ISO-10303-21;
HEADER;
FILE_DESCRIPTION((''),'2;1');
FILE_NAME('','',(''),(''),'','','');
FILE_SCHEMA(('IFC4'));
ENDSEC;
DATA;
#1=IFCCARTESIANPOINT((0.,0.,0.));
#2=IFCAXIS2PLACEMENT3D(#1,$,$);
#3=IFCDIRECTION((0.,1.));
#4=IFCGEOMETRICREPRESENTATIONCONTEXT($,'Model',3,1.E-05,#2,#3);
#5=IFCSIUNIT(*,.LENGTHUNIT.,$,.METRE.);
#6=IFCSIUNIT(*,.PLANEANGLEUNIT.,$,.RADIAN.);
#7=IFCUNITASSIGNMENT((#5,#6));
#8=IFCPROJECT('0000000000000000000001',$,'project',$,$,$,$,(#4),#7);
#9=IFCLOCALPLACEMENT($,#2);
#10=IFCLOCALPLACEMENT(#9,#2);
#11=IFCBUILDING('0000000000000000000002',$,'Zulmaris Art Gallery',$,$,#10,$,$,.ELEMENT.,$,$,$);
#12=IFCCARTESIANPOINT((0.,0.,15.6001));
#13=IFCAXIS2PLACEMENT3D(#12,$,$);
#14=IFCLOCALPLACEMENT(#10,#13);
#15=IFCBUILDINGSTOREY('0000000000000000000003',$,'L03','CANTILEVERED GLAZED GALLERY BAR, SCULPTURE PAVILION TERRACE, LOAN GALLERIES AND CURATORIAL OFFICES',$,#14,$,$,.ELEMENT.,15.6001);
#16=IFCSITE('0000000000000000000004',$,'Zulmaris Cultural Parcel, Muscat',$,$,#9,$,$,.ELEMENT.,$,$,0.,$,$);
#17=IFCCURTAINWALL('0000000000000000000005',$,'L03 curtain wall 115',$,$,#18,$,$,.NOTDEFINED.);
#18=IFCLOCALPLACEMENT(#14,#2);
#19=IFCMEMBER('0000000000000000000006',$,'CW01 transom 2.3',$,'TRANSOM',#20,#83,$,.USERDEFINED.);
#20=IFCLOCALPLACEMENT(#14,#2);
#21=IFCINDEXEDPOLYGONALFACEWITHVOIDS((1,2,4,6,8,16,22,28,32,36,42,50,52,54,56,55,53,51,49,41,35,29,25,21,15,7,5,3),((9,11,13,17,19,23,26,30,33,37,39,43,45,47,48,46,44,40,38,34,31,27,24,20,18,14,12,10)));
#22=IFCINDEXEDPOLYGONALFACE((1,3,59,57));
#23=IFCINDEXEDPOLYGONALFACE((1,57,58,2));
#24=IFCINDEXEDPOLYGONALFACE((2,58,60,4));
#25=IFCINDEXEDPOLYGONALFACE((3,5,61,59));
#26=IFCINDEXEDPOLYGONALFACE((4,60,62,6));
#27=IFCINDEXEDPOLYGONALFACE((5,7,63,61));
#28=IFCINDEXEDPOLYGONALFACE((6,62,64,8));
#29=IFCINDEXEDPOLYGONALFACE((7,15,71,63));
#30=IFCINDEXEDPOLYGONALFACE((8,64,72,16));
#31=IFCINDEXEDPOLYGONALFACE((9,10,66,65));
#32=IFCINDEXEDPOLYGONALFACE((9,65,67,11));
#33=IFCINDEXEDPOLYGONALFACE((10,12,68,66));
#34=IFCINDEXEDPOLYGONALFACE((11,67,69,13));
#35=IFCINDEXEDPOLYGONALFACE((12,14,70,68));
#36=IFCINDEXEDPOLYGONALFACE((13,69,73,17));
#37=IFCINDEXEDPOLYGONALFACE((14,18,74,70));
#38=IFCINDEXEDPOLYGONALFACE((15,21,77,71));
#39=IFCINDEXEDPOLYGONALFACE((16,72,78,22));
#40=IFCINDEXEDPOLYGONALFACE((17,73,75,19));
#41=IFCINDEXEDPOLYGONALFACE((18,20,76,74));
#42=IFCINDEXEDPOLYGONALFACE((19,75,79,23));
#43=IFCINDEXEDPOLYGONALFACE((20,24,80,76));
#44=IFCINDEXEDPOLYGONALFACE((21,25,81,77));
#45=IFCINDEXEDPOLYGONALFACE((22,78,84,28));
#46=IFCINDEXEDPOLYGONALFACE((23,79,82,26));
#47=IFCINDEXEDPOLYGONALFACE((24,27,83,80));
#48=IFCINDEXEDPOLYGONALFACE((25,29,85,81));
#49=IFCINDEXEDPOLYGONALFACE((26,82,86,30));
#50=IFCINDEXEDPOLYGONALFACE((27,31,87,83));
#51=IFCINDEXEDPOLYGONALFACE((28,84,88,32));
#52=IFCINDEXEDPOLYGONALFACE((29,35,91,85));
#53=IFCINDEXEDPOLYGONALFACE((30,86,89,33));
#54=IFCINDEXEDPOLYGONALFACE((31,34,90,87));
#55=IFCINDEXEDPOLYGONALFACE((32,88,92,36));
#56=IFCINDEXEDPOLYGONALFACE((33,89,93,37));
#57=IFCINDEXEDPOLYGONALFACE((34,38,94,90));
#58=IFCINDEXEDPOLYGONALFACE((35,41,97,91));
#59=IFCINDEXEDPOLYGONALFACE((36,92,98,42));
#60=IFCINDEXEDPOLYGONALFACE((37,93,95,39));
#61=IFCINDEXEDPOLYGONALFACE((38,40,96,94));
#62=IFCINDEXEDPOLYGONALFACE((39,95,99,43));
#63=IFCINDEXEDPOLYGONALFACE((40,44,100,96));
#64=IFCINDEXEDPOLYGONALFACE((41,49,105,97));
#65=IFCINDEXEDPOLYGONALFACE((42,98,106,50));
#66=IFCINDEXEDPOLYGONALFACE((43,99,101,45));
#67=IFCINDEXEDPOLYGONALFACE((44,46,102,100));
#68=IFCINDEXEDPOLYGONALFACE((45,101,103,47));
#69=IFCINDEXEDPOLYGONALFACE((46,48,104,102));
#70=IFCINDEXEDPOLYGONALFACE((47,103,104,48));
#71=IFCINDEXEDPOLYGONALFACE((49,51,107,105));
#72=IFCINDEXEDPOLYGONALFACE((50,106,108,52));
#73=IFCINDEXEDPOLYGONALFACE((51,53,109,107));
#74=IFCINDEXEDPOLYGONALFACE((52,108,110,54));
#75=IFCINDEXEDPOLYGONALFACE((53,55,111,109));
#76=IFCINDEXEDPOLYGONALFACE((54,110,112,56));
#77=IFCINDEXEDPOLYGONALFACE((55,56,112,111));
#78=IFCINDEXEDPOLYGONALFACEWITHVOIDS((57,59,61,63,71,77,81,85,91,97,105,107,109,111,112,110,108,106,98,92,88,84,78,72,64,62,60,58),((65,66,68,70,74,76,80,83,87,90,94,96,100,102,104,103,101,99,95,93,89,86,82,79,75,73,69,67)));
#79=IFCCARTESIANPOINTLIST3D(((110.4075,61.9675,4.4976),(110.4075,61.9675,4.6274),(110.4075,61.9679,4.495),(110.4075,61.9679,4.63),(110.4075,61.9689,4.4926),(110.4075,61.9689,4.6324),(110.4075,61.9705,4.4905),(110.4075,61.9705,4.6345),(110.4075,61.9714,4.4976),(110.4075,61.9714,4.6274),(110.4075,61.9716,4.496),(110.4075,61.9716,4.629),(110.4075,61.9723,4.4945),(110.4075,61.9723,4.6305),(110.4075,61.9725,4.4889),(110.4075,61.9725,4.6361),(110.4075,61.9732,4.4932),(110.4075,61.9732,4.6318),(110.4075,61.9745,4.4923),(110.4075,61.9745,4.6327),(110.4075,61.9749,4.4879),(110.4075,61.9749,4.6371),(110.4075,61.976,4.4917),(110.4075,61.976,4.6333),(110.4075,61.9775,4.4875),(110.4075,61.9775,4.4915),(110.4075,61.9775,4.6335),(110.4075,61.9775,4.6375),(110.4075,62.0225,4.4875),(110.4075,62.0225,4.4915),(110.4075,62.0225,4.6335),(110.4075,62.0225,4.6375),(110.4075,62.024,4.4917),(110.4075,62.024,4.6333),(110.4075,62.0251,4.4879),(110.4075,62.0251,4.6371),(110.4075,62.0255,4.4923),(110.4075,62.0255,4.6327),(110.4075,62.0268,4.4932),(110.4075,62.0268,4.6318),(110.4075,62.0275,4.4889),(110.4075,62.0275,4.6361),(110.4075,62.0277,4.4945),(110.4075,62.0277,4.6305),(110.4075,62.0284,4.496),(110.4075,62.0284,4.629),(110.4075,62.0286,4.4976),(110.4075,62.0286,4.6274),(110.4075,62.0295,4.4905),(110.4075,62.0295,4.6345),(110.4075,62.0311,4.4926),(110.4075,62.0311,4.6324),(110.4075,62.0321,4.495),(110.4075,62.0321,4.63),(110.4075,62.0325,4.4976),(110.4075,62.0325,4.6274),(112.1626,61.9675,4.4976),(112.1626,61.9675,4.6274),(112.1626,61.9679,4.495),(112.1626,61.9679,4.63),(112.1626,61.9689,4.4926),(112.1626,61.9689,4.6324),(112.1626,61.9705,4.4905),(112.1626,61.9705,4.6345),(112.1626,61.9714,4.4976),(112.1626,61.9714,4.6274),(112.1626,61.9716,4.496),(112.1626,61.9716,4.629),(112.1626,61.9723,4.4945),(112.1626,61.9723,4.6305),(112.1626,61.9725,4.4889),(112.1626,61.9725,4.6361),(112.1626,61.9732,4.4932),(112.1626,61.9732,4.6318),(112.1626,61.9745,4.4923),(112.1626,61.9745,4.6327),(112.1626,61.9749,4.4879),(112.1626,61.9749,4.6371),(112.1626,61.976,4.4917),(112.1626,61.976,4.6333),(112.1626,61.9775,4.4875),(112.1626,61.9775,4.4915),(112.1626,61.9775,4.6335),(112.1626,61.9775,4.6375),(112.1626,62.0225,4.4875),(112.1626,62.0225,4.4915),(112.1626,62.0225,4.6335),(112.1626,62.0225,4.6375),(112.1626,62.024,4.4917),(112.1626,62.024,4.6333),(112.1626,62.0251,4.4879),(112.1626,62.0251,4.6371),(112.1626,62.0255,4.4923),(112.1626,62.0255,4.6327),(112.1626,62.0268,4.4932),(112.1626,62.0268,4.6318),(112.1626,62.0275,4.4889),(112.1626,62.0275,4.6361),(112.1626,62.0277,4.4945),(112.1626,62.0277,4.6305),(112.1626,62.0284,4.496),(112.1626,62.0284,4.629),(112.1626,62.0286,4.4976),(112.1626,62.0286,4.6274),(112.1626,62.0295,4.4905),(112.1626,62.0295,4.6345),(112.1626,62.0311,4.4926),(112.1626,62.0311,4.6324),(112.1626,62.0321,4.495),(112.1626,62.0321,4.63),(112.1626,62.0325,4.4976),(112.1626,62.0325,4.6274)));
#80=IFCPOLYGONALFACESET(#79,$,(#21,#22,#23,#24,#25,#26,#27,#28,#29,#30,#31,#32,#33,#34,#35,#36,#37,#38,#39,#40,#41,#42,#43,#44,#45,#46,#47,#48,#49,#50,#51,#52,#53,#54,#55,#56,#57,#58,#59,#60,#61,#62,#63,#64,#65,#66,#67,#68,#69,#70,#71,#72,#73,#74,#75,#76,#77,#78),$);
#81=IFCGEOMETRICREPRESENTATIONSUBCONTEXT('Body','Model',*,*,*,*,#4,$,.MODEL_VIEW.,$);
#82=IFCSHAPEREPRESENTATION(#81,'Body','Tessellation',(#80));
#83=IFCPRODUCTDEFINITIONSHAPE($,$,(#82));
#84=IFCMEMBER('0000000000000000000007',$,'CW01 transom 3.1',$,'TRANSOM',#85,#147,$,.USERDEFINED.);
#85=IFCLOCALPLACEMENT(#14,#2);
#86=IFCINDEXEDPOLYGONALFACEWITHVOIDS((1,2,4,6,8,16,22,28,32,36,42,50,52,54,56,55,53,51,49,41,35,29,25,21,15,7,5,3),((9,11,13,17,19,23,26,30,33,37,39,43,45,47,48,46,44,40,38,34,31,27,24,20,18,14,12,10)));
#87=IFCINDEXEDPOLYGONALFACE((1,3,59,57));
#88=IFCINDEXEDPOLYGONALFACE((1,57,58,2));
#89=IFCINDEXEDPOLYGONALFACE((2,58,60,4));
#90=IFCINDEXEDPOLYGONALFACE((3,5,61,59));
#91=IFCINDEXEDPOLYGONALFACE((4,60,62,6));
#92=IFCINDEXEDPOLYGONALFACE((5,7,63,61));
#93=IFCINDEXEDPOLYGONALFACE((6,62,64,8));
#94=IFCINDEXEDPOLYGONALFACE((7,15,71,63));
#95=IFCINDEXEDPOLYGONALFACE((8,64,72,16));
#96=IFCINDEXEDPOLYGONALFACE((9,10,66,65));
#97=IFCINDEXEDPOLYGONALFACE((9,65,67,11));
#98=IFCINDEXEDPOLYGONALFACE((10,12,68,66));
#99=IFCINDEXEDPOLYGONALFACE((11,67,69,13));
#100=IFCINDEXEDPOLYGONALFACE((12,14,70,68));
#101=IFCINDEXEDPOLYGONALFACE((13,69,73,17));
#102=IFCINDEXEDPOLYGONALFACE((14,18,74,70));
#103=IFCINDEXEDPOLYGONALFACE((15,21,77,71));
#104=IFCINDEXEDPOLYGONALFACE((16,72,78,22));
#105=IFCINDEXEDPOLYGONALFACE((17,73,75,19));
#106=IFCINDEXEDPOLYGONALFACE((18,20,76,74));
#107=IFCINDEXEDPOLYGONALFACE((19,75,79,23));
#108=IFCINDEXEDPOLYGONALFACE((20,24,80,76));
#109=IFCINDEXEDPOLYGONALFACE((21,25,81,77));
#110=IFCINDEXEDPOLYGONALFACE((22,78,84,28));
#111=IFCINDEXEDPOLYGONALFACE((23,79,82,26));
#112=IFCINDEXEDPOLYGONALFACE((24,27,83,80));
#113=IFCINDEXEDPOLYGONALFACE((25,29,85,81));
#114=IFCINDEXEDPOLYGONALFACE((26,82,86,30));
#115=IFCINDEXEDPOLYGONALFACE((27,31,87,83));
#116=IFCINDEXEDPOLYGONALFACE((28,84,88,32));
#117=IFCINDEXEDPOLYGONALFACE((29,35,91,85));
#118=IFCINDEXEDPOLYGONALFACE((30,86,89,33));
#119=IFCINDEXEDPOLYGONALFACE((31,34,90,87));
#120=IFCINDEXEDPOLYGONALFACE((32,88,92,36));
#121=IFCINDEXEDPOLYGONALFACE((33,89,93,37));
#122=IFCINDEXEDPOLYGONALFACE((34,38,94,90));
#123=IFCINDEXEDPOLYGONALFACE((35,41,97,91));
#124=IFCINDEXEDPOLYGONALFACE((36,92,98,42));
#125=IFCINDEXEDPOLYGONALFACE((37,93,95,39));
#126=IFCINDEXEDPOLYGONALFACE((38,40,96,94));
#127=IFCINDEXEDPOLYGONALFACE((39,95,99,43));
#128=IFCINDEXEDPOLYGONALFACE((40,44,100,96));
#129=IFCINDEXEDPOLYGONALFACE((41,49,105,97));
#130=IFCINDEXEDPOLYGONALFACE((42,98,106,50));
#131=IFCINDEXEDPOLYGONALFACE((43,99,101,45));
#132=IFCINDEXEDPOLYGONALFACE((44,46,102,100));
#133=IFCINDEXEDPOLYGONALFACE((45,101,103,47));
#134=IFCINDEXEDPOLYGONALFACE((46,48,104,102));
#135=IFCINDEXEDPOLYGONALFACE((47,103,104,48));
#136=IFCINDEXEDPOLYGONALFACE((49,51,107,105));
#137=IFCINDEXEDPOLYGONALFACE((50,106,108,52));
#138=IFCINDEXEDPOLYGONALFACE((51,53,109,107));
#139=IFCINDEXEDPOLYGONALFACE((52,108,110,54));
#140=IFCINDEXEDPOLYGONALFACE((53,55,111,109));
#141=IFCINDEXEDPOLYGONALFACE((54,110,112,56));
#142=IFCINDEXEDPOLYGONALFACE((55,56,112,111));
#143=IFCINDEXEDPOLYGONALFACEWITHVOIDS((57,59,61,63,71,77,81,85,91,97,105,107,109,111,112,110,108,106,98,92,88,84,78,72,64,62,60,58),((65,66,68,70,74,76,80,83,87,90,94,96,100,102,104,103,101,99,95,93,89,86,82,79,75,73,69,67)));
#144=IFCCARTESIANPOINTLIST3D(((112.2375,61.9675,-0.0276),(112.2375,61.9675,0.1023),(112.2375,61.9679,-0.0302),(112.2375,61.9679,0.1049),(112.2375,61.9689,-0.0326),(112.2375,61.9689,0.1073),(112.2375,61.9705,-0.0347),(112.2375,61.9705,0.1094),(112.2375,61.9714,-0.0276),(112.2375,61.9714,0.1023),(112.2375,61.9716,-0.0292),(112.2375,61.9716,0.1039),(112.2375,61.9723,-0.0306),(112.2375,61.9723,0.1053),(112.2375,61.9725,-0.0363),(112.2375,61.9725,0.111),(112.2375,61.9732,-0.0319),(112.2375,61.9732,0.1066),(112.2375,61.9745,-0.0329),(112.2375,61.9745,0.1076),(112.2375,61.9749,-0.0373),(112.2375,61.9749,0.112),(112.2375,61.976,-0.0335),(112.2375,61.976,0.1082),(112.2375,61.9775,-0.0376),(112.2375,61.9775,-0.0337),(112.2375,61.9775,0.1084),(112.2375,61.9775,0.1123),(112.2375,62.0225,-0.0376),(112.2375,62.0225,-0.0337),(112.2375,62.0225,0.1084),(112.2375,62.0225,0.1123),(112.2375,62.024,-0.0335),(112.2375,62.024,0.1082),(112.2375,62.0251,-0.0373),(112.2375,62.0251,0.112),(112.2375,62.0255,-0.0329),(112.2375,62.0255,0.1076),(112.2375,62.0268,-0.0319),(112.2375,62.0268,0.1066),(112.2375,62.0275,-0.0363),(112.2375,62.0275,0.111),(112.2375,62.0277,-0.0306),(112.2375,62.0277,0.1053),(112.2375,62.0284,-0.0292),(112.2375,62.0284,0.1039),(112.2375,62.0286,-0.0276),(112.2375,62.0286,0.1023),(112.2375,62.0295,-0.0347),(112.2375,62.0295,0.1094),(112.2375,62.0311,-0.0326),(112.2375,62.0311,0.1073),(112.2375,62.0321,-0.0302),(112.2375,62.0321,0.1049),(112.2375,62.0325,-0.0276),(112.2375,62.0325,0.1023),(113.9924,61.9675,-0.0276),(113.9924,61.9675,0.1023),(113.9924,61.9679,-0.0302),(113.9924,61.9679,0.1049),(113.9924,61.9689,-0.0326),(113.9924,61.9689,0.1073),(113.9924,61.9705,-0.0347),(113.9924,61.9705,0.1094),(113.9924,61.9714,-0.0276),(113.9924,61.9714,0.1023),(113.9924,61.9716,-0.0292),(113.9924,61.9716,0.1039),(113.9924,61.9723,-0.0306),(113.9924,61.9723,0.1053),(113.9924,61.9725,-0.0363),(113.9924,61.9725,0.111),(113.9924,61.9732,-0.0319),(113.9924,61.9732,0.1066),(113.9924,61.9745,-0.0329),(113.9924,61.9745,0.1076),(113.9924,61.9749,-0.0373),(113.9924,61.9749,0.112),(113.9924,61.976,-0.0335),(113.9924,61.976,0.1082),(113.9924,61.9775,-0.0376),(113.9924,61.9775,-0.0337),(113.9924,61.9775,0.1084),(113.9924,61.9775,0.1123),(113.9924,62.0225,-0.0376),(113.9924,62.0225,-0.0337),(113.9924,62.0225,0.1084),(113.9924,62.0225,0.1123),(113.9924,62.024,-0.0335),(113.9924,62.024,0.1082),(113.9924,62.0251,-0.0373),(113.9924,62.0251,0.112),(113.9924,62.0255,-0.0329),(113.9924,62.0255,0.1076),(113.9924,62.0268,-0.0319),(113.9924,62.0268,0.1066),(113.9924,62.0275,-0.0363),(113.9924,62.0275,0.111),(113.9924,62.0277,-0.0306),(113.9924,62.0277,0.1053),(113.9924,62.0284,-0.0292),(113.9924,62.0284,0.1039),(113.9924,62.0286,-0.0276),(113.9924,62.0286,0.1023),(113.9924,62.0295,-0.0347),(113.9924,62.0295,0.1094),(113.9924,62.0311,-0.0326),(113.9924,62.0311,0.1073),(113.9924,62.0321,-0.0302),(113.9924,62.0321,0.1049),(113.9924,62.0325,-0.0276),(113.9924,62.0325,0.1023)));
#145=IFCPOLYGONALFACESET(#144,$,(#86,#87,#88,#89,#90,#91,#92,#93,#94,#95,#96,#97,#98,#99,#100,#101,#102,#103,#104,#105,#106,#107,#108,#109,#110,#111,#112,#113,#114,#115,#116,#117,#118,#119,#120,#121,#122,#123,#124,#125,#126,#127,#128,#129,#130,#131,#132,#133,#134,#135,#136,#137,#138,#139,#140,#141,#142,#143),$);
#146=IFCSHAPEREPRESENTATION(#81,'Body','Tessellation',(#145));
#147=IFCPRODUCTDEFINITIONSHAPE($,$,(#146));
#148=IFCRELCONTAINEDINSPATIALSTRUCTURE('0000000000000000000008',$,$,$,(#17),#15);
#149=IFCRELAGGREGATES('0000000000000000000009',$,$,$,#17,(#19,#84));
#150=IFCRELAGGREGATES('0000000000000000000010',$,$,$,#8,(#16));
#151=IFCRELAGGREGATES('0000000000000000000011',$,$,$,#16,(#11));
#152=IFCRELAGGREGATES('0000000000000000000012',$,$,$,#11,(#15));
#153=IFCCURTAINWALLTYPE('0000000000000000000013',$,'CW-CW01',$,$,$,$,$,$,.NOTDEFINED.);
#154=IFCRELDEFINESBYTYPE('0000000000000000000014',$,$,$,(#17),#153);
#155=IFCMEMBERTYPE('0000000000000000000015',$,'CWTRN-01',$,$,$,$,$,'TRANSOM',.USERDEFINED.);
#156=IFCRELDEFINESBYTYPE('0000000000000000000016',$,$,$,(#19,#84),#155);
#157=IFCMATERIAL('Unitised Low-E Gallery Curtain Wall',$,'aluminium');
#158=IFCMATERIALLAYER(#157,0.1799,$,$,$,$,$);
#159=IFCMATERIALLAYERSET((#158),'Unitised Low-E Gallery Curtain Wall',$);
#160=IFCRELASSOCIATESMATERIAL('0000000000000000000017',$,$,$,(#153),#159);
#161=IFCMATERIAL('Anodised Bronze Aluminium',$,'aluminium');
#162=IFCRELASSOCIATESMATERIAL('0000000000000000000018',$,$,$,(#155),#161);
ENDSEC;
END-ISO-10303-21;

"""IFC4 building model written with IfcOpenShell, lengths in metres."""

from ifc_helpers import new_model, si_unit, direction, frame, origin, origin_2d, place, context, subcontext, project, spatial, hollow_rectangle, extrude, material, layer, layer_set, material_profile, profile_set, type_object, element, aggregate, save


model = new_model("IFC4")

# Units and contexts
model_context = context("Model", 3, precision=1e-05, world=origin(), true_north=direction((0.0, 1.0)))
body_context = subcontext(model_context, "Body", "Model", "MODEL_VIEW")
ifc_project = project(units=[si_unit("LENGTHUNIT", "METRE"), si_unit("PLANEANGLEUNIT", "RADIAN")], contexts=[model_context])

# Site, building, storey
site_placement = place(None, origin())
site = spatial("IfcSite", under=ifc_project, at=site_placement, Name="Zulmaris Cultural Parcel, Muscat", CompositionType="ELEMENT", RefElevation=0.0)
building_placement = place(site_placement, origin())
building = spatial("IfcBuilding", under=site, at=building_placement, Name="Zulmaris Art Gallery", CompositionType="ELEMENT")
storey_placement = place(building_placement, frame((0.0, 0.0, 15.6001)))
storey = spatial("IfcBuildingStorey", under=building, at=storey_placement, Name="L03", Description="CANTILEVERED GLAZED GALLERY BAR, SCULPTURE PAVILION TERRACE, LOAN GALLERIES AND CURATORIAL OFFICES", CompositionType="ELEMENT", Elevation=15.6001)

# Curtain wall, members
ifc_material_1 = material(Name="Unitised Low-E Gallery Curtain Wall", Category="aluminium")
ifc_layer_1 = layer(ifc_material_1, 0.1799)
ifc_layer_set_1 = layer_set([ifc_layer_1], Name="Unitised Low-E Gallery Curtain Wall")
curtain_wall_type = type_object("IfcCurtainWallType", Name="CW-CW01", PredefinedType="NOTDEFINED", material=ifc_layer_set_1)
curtain_wall_placement = place(storey_placement, origin())
curtain_wall = element("IfcCurtainWall", 1, at=curtain_wall_placement, inside=storey, type_object=curtain_wall_type, Name="L03 curtain wall 115", PredefinedType="NOTDEFINED")
ifc_material_2 = material(Name="Anodised Bronze Aluminium", Category="aluminium")
ifc_material_profile_1 = material_profile(ifc_material_2, hollow_rectangle(XDim=0.0649, YDim=0.1499, WallThickness=0.0039, InnerFilletRadius=0.0061, OuterFilletRadius=0.01, at=origin_2d()), Name="ALU 65x150x4")
ifc_profile_set_1 = profile_set([ifc_material_profile_1], Name="Anodised Bronze Aluminium")
member_type_1 = type_object("IfcMemberType", Name="CWTRN-01", ElementType="TRANSOM", PredefinedType="USERDEFINED", material=ifc_profile_set_1)
member_1_placement = place(storey_placement, frame((110.4075, 62.0, 4.5625), z_axis=(1.0, 0.0, 0.0), x_axis=(0.0, 1.0, 0.0)))
member_1 = element("IfcMember", 2, at=member_1_placement, type_object=member_type_1, Name="CW01 transom 2.3", ObjectType="TRANSOM", PredefinedType="USERDEFINED", context=body_context, shape_type="SweptSolid", body=[
    extrude(hollow_rectangle(XDim=0.0649, YDim=0.1499, WallThickness=0.0039, InnerFilletRadius=0.0061, OuterFilletRadius=0.01, at=origin_2d()), origin(), (0.0, 0.0, 1.0), 1.7551),
])
member_2_placement = place(storey_placement, frame((112.2375, 62.0, 0.0374), z_axis=(1.0, 0.0, 0.0), x_axis=(0.0, 1.0, 0.0)))
member_2 = element("IfcMember", 3, at=member_2_placement, type_object=member_type_1, Name="CW01 transom 3.1", ObjectType="TRANSOM", PredefinedType="USERDEFINED", context=body_context, shape_type="SweptSolid", body=[
    extrude(hollow_rectangle(XDim=0.0649, YDim=0.1499, WallThickness=0.0039, InnerFilletRadius=0.0061, OuterFilletRadius=0.01, at=origin_2d()), origin(), (0.0, 0.0, 1.0), 1.7549),
])
aggregate(curtain_wall, [member_1, member_2])

save(model, "model.ifc")
